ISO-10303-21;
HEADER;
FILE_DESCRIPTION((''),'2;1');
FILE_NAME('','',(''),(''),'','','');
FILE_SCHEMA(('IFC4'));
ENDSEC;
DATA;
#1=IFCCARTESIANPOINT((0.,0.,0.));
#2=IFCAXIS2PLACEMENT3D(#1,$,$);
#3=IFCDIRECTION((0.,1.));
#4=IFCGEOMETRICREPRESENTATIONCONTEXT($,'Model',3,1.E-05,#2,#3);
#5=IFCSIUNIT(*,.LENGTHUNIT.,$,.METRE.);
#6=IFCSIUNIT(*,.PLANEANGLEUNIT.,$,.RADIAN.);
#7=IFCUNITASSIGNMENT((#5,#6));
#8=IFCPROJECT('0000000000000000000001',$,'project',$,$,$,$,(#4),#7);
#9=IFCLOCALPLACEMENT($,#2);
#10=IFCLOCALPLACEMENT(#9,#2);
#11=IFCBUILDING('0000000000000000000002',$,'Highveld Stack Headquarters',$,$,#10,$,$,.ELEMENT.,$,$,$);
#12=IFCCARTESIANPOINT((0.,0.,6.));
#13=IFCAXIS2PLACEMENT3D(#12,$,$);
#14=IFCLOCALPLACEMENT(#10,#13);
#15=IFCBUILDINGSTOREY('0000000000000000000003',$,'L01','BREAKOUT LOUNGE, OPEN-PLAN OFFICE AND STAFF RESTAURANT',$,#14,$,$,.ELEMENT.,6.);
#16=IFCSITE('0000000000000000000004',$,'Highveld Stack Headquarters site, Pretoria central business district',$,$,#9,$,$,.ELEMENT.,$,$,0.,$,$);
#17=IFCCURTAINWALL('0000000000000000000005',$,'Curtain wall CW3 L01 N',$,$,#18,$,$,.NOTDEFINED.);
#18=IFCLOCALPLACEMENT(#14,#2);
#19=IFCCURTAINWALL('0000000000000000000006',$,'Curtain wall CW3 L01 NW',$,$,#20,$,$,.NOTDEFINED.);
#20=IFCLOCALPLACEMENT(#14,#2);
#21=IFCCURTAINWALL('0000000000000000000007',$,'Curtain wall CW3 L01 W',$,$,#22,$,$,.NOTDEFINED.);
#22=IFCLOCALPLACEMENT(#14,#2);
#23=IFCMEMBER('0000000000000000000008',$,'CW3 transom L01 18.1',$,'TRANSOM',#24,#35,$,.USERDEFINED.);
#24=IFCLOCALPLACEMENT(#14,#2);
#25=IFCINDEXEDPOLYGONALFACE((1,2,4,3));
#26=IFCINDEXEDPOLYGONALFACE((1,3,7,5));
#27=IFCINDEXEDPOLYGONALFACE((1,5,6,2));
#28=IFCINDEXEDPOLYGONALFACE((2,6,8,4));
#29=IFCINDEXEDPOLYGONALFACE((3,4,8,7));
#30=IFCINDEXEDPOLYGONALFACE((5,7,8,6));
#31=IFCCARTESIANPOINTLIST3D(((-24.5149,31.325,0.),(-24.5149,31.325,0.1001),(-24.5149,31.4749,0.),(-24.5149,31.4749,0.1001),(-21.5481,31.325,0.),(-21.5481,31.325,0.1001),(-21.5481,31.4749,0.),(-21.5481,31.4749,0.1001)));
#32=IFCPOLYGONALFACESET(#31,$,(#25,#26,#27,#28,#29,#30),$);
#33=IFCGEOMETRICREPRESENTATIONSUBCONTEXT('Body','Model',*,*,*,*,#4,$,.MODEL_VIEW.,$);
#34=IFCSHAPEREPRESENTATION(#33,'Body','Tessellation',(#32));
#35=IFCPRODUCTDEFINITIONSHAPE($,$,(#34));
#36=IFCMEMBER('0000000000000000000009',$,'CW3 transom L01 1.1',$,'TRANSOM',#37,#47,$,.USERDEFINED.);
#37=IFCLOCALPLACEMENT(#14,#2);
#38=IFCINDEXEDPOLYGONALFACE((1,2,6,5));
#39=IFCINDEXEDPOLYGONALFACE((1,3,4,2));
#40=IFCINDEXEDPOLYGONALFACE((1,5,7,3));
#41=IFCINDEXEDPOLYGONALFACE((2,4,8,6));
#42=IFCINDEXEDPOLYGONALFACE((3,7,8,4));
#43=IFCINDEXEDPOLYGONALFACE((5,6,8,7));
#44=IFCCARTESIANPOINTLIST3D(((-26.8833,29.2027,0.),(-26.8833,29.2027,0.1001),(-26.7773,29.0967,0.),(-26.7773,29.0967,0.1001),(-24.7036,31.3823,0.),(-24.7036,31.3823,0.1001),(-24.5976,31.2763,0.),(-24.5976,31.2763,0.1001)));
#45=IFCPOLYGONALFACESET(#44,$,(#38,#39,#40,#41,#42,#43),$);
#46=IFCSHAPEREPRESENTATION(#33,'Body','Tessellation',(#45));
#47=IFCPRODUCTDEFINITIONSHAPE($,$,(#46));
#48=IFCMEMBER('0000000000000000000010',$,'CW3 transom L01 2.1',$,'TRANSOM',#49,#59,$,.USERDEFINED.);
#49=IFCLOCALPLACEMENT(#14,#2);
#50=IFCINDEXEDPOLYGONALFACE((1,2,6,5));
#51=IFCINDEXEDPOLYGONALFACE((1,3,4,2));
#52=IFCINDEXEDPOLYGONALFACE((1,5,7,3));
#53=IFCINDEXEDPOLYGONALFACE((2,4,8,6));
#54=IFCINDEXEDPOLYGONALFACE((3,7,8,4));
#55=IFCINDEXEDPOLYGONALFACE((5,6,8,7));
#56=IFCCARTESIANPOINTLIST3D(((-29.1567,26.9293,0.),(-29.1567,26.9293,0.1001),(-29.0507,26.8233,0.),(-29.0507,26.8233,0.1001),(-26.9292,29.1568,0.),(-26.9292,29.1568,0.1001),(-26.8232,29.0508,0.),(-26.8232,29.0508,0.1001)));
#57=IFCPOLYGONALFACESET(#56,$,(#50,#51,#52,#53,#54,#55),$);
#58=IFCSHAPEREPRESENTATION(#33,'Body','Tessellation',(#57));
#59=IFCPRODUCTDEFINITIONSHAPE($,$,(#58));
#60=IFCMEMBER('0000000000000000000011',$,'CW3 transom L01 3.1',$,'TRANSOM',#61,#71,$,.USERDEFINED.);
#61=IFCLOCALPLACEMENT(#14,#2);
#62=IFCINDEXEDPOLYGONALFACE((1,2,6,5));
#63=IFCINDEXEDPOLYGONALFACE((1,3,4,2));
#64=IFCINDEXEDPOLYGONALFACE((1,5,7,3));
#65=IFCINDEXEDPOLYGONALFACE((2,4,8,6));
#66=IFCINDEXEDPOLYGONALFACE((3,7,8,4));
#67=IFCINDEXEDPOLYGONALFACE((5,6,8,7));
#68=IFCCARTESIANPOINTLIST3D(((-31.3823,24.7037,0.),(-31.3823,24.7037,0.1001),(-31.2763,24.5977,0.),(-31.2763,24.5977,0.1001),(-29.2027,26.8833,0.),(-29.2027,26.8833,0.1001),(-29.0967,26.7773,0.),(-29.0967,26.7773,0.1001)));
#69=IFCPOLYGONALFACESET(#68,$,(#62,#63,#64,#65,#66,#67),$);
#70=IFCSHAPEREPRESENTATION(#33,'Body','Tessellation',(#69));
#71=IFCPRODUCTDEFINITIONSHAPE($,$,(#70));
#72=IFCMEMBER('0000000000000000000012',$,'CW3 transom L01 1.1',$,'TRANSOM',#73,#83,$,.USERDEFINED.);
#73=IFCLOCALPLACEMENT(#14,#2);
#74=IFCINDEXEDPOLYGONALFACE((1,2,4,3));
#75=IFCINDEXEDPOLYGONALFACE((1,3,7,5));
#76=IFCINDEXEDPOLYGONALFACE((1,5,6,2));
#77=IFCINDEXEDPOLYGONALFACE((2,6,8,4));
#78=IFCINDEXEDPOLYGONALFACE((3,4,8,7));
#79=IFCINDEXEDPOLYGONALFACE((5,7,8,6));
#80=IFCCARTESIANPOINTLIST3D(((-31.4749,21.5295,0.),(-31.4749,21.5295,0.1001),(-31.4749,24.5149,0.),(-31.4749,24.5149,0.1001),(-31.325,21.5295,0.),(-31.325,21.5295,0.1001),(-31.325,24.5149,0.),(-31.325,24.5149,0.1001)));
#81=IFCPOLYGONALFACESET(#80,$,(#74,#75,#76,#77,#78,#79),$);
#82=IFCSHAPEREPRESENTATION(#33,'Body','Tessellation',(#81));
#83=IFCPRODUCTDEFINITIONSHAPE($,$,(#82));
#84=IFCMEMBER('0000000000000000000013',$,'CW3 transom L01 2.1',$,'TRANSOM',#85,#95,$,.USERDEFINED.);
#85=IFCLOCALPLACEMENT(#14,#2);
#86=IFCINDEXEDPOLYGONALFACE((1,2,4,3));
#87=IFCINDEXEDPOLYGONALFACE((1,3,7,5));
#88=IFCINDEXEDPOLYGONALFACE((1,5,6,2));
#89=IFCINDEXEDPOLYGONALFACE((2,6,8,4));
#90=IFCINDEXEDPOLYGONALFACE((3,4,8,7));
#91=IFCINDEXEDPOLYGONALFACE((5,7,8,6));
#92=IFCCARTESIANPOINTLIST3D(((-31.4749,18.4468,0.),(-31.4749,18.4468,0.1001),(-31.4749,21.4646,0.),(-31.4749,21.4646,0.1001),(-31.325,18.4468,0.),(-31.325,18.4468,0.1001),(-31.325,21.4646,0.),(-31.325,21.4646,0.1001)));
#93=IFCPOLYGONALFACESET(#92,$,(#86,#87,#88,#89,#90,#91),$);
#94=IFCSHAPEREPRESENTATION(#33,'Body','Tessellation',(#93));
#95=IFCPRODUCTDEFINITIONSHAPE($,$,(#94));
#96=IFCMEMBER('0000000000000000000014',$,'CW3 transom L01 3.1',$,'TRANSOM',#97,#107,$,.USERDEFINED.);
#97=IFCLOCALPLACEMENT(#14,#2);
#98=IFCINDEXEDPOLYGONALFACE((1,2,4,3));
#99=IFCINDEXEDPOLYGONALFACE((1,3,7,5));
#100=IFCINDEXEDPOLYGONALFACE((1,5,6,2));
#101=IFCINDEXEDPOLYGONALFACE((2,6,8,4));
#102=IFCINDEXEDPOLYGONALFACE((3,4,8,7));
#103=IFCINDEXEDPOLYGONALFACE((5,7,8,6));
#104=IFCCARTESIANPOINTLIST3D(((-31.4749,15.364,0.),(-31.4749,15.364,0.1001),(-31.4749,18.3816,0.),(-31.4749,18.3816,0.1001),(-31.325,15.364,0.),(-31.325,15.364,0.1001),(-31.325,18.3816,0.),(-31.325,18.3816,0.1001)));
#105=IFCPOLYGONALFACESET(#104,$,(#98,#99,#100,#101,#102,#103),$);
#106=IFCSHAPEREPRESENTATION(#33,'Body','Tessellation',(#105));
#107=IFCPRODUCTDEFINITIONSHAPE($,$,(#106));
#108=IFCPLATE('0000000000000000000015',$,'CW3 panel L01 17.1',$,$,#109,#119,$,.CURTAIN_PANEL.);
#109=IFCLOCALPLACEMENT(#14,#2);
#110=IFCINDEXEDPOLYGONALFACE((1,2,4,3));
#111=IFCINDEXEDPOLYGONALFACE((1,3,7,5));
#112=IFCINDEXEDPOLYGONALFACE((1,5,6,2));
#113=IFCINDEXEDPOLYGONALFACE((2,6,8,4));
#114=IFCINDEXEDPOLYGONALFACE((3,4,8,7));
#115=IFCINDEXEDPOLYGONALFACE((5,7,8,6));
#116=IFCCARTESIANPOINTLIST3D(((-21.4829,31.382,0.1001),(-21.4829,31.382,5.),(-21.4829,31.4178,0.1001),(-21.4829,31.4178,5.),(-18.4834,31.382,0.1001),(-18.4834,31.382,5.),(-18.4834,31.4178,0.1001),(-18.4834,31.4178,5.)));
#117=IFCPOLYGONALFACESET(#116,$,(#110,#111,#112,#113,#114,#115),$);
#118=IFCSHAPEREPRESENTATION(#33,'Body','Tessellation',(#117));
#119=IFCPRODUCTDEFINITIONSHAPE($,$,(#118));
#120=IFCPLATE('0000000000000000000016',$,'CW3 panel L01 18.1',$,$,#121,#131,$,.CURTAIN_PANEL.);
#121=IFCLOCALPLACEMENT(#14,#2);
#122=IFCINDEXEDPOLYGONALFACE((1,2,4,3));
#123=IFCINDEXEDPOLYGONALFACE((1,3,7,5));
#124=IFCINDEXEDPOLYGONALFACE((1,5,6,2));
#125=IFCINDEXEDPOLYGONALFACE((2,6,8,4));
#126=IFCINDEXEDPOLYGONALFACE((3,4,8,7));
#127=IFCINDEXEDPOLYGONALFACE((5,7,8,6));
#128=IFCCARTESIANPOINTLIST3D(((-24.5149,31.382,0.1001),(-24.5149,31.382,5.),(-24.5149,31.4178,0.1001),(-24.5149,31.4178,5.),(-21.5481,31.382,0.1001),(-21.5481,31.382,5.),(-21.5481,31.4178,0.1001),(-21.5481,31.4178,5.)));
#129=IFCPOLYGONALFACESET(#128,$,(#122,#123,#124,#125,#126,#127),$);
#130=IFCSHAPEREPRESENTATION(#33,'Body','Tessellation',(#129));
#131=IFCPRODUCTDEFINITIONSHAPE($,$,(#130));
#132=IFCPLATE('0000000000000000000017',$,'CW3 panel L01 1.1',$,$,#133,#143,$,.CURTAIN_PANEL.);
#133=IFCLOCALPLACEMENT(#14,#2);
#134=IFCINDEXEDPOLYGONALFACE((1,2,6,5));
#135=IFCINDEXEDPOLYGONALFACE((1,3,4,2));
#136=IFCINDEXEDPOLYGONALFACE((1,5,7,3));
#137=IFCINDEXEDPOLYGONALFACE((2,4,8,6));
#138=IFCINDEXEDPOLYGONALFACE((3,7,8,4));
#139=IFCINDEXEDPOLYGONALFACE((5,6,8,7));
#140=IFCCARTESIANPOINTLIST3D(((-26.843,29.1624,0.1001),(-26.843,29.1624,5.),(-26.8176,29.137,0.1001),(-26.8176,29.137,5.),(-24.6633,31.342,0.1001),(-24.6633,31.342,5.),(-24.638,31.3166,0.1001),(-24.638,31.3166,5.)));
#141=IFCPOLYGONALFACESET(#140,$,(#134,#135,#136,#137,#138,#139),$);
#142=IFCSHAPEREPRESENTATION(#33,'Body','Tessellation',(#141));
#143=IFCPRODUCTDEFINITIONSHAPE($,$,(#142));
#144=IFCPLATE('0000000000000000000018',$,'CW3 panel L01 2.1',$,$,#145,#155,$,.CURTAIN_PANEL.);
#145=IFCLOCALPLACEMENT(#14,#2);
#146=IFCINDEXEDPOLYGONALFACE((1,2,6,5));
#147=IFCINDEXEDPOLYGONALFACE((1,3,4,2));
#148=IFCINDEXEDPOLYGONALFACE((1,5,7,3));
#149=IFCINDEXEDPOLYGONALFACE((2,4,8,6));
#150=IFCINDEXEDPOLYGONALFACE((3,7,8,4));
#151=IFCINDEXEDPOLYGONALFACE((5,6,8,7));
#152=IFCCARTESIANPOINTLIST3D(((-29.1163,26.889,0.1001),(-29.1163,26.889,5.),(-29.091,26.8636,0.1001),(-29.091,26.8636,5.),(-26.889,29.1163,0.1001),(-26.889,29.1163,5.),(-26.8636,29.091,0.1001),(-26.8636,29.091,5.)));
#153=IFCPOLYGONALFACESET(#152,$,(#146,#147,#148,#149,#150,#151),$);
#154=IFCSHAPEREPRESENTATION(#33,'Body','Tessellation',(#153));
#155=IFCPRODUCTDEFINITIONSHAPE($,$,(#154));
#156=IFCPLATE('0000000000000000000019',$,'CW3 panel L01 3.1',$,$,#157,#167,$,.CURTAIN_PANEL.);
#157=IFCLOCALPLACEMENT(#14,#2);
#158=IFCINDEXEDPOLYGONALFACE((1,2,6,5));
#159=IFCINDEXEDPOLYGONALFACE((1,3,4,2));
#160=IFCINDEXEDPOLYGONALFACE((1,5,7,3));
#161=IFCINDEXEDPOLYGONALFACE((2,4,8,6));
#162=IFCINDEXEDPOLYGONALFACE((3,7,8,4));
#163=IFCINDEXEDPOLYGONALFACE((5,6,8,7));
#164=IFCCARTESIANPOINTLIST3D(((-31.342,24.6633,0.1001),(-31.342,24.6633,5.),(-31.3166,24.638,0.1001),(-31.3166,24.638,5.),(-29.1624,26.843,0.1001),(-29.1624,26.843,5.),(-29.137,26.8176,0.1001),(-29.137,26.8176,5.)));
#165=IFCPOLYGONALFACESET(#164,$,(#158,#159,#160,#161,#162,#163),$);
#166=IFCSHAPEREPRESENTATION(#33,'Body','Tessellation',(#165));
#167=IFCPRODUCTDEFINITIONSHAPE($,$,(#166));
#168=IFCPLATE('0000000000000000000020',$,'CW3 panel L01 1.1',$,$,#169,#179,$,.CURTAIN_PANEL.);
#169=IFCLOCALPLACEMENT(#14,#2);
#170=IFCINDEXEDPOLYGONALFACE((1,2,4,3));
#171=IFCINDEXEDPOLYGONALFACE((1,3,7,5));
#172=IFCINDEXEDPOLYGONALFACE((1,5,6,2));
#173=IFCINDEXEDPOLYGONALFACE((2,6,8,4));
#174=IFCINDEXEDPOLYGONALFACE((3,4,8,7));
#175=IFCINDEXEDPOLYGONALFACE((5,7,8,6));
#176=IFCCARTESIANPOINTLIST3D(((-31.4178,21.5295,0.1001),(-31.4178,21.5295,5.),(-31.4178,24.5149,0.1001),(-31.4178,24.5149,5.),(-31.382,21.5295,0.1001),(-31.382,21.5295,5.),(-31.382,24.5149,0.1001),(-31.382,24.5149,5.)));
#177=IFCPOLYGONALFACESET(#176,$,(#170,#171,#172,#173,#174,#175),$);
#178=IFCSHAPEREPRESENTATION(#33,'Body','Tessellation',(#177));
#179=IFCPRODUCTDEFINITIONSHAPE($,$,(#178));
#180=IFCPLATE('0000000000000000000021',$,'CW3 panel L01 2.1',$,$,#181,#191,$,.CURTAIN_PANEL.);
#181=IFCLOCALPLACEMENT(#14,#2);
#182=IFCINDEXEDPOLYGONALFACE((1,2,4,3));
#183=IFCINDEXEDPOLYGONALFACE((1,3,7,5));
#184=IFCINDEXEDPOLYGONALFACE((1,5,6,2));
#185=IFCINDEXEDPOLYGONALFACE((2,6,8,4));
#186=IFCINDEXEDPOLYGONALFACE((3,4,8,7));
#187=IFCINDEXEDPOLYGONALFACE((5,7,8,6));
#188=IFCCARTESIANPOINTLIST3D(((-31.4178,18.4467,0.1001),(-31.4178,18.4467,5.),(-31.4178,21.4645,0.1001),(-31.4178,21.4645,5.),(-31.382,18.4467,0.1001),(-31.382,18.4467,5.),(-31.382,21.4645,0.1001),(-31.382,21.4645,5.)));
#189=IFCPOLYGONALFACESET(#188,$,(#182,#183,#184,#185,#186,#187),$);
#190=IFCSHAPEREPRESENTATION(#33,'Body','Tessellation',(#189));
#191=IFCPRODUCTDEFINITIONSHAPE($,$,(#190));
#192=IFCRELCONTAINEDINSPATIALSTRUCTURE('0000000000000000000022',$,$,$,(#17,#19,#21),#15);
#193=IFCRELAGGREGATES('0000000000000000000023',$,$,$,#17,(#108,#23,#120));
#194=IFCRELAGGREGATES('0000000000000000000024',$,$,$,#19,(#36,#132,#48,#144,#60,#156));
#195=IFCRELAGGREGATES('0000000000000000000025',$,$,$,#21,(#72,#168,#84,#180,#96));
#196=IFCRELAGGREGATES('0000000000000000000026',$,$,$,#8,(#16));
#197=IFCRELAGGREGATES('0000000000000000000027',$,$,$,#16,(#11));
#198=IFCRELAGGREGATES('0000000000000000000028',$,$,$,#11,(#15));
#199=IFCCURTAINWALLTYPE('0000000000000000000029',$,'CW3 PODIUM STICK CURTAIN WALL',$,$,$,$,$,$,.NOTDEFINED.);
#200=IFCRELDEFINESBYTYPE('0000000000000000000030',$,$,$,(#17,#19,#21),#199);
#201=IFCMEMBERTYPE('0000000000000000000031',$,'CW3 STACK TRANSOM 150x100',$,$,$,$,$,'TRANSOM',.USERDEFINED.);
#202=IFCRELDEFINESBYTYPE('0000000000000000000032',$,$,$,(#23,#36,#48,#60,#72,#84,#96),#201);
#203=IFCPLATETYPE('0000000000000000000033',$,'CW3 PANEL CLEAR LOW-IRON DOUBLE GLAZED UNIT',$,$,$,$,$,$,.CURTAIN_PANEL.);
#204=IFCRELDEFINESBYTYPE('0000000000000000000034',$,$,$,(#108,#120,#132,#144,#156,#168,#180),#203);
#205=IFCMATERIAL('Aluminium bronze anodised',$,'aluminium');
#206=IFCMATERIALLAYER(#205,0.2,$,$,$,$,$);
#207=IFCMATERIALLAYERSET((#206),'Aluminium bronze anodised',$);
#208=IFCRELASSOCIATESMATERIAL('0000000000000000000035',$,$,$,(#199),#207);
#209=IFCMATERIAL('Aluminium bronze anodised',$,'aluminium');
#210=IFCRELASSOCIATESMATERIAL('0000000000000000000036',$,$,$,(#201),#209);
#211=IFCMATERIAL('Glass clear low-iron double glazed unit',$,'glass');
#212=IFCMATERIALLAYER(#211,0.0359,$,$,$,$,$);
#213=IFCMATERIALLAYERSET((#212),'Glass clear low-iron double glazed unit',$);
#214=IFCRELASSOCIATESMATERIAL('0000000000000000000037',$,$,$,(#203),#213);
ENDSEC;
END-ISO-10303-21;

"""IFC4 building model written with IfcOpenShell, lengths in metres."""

from ifc_helpers import new_model, si_unit, direction, frame, origin, origin_2d, place, context, subcontext, project, spatial, rectangle, extrude, material, layer, layer_set, material_profile, profile_set, type_object, element, aggregate, save


model = new_model("IFC4")

# Units and contexts
model_context = context("Model", 3, precision=1e-05, world=origin(), true_north=direction((0.0, 1.0)))
body_context = subcontext(model_context, "Body", "Model", "MODEL_VIEW")
ifc_project = project(units=[si_unit("LENGTHUNIT", "METRE"), si_unit("PLANEANGLEUNIT", "RADIAN")], contexts=[model_context])

# Site, building, storey
site_placement = place(None, origin())
site = spatial("IfcSite", under=ifc_project, at=site_placement, Name="Highveld Stack Headquarters site, Pretoria central business district", CompositionType="ELEMENT", RefElevation=0.0)
building_placement = place(site_placement, origin())
building = spatial("IfcBuilding", under=site, at=building_placement, Name="Highveld Stack Headquarters", CompositionType="ELEMENT")
storey_placement = place(building_placement, frame((0.0, 0.0, 6.0)))
storey = spatial("IfcBuildingStorey", under=building, at=storey_placement, Name="L01", Description="BREAKOUT LOUNGE, OPEN-PLAN OFFICE AND STAFF RESTAURANT", CompositionType="ELEMENT", Elevation=6.0)

# Curtain walls
ifc_material_1 = material(Name="Aluminium bronze anodised", Category="aluminium")
ifc_layer_1 = layer(ifc_material_1, 0.2)
ifc_layer_set_1 = layer_set([ifc_layer_1], Name="Aluminium bronze anodised")
curtain_wall_type = type_object("IfcCurtainWallType", Name="CW3 PODIUM STICK CURTAIN WALL", PredefinedType="NOTDEFINED", material=ifc_layer_set_1)
curtain_wall_1_placement = place(storey_placement, origin())
curtain_wall_1 = element("IfcCurtainWall", 1, at=curtain_wall_1_placement, inside=storey, type_object=curtain_wall_type, Name="Curtain wall CW3 L01 N", PredefinedType="NOTDEFINED")
curtain_wall_2_placement = place(storey_placement, origin())
curtain_wall_2 = element("IfcCurtainWall", 2, at=curtain_wall_2_placement, inside=storey, type_object=curtain_wall_type, Name="Curtain wall CW3 L01 NW", PredefinedType="NOTDEFINED")
curtain_wall_3_placement = place(storey_placement, origin())
curtain_wall_3 = element("IfcCurtainWall", 3, at=curtain_wall_3_placement, inside=storey, type_object=curtain_wall_type, Name="Curtain wall CW3 L01 W", PredefinedType="NOTDEFINED")

# Members
ifc_material_2 = material(Name="Aluminium bronze anodised", Category="aluminium")
ifc_material_profile_1 = material_profile(ifc_material_2, rectangle(XDim=0.1499, YDim=0.1001, at=origin_2d()), Name="CW3 TRANSOM 150x100")
ifc_profile_set_1 = profile_set([ifc_material_profile_1], Name="Aluminium bronze anodised")
member_type_1 = type_object("IfcMemberType", Name="CW3 STACK TRANSOM 150x100", ElementType="TRANSOM", PredefinedType="USERDEFINED", material=ifc_profile_set_1)
member_1_placement = place(storey_placement, frame((-21.5481, 31.3999, 0.05), z_axis=(-1.0, 0.0, 0.0), x_axis=(0.0, -1.0, 0.0)))
member_1 = element("IfcMember", 4, at=member_1_placement, type_object=member_type_1, Name="CW3 transom L01 18.1", ObjectType="TRANSOM", PredefinedType="USERDEFINED", context=body_context, shape_type="SweptSolid", body=[
    extrude(rectangle(XDim=0.1499, YDim=0.1001, at=origin_2d()), origin(), (0.0, 0.0, 1.0), 2.9668),
])
member_2_placement = place(storey_placement, frame((-24.6506, 31.3293, 0.05), z_axis=(-0.707107, -0.707107, 0.0), x_axis=(0.707107, -0.707107, 0.0)))
member_2 = element("IfcMember", 5, at=member_2_placement, type_object=member_type_1, Name="CW3 transom L01 1.1", ObjectType="TRANSOM", PredefinedType="USERDEFINED", context=body_context, shape_type="SweptSolid", body=[
    extrude(rectangle(XDim=0.1499, YDim=0.1001, at=origin_2d()), origin(), (0.0, 0.0, 1.0), 3.0825),
])
member_3_placement = place(storey_placement, frame((-26.8762, 29.1038, 0.05), z_axis=(-0.707107, -0.707107, 0.0), x_axis=(0.707107, -0.707107, 0.0)))
member_3 = element("IfcMember", 6, at=member_3_placement, type_object=member_type_1, Name="CW3 transom L01 2.1", ObjectType="TRANSOM", PredefinedType="USERDEFINED", context=body_context, shape_type="SweptSolid", body=[
    extrude(rectangle(XDim=0.1499, YDim=0.1001, at=origin_2d()), origin(), (0.0, 0.0, 1.0), 3.1501),
])
member_4_placement = place(storey_placement, frame((-29.1497, 26.8303, 0.05), z_axis=(-0.707107, -0.707107, 0.0), x_axis=(0.707107, -0.707107, 0.0)))
member_4 = element("IfcMember", 7, at=member_4_placement, type_object=member_type_1, Name="CW3 transom L01 3.1", ObjectType="TRANSOM", PredefinedType="USERDEFINED", context=body_context, shape_type="SweptSolid", body=[
    extrude(rectangle(XDim=0.1499, YDim=0.1001, at=origin_2d()), origin(), (0.0, 0.0, 1.0), 3.0825),
])
member_5_placement = place(storey_placement, frame((-31.3999, 24.5149, 0.05), z_axis=(0.0, -1.0, 0.0), x_axis=(1.0, 0.0, 0.0)))
member_5 = element("IfcMember", 8, at=member_5_placement, type_object=member_type_1, Name="CW3 transom L01 1.1", ObjectType="TRANSOM", PredefinedType="USERDEFINED", context=body_context, shape_type="SweptSolid", body=[
    extrude(rectangle(XDim=0.1499, YDim=0.1001, at=origin_2d()), origin(), (0.0, 0.0, 1.0), 2.9854),
])
member_6_placement = place(storey_placement, frame((-31.3999, 21.4646, 0.05), z_axis=(0.0, -1.0, 0.0), x_axis=(1.0, 0.0, 0.0)))
member_6 = element("IfcMember", 9, at=member_6_placement, type_object=member_type_1, Name="CW3 transom L01 2.1", ObjectType="TRANSOM", PredefinedType="USERDEFINED", context=body_context, shape_type="SweptSolid", body=[
    extrude(rectangle(XDim=0.1499, YDim=0.1001, at=origin_2d()), origin(), (0.0, 0.0, 1.0), 3.0178),
])
member_7_placement = place(storey_placement, frame((-31.3999, 18.3816, 0.05), z_axis=(0.0, -1.0, 0.0), x_axis=(1.0, 0.0, 0.0)))
member_7 = element("IfcMember", 10, at=member_7_placement, type_object=member_type_1, Name="CW3 transom L01 3.1", ObjectType="TRANSOM", PredefinedType="USERDEFINED", context=body_context, shape_type="SweptSolid", body=[
    extrude(rectangle(XDim=0.1499, YDim=0.1001, at=origin_2d()), origin(), (0.0, 0.0, 1.0), 3.0176),
])

# Plates
ifc_material_3 = material(Name="Glass clear low-iron double glazed unit", Category="glass")
ifc_layer_2 = layer(ifc_material_3, 0.0359)
ifc_layer_set_2 = layer_set([ifc_layer_2], Name="Glass clear low-iron double glazed unit")
plate_type = type_object("IfcPlateType", Name="CW3 PANEL CLEAR LOW-IRON DOUBLE GLAZED UNIT", PredefinedType="CURTAIN_PANEL", material=ifc_layer_set_2)
plate_1_placement = place(storey_placement, frame((-19.9832, 31.3999, 0.1001), z_axis=(0.0, 0.0, 1.0), x_axis=(-1.0, 0.0, 0.0)))
plate_1 = element("IfcPlate", 11, at=plate_1_placement, type_object=plate_type, Name="CW3 panel L01 17.1", PredefinedType="CURTAIN_PANEL", context=body_context, shape_type="SweptSolid", body=[
    extrude(rectangle(XDim=2.9995, YDim=0.0359, at=origin_2d()), origin(), (0.0, 0.0, 1.0), 4.8999),
])
plate_2_placement = place(storey_placement, frame((-23.0315, 31.3999, 0.1001), z_axis=(0.0, 0.0, 1.0), x_axis=(-1.0, 0.0, 0.0)))
plate_2 = element("IfcPlate", 12, at=plate_2_placement, type_object=plate_type, Name="CW3 panel L01 18.1", PredefinedType="CURTAIN_PANEL", context=body_context, shape_type="SweptSolid", body=[
    extrude(rectangle(XDim=2.9668, YDim=0.0359, at=origin_2d()), origin(), (0.0, 0.0, 1.0), 4.8999),
])
aggregate(curtain_wall_1, [plate_1, member_1, plate_2])
plate_3_placement = place(storey_placement, frame((-25.7405, 30.2395, 0.1001), z_axis=(0.0, 0.0, 1.0), x_axis=(-0.707107, -0.707107, 0.0)))
plate_3 = element("IfcPlate", 13, at=plate_3_placement, type_object=plate_type, Name="CW3 panel L01 1.1", PredefinedType="CURTAIN_PANEL", context=body_context, shape_type="SweptSolid", body=[
    extrude(rectangle(XDim=3.0825, YDim=0.0359, at=origin_2d()), origin(), (0.0, 0.0, 1.0), 4.8999),
])
plate_4_placement = place(storey_placement, frame((-27.99, 27.99, 0.1001), z_axis=(0.0, 0.0, 1.0), x_axis=(-0.707107, -0.707107, 0.0)))
plate_4 = element("IfcPlate", 14, at=plate_4_placement, type_object=plate_type, Name="CW3 panel L01 2.1", PredefinedType="CURTAIN_PANEL", context=body_context, shape_type="SweptSolid", body=[
    extrude(rectangle(XDim=3.1499, YDim=0.0359, at=origin_2d()), origin(), (0.0, 0.0, 1.0), 4.8999),
])
plate_5_placement = place(storey_placement, frame((-30.2395, 25.7405, 0.1001), z_axis=(0.0, 0.0, 1.0), x_axis=(-0.707107, -0.707107, 0.0)))
plate_5 = element("IfcPlate", 15, at=plate_5_placement, type_object=plate_type, Name="CW3 panel L01 3.1", PredefinedType="CURTAIN_PANEL", context=body_context, shape_type="SweptSolid", body=[
    extrude(rectangle(XDim=3.0825, YDim=0.0359, at=origin_2d()), origin(), (0.0, 0.0, 1.0), 4.8999),
])
aggregate(curtain_wall_2, [member_2, plate_3, member_3, plate_4, member_4, plate_5])
plate_6_placement = place(storey_placement, frame((-31.3999, 23.0222, 0.1001), z_axis=(0.0, 0.0, 1.0), x_axis=(0.0, -1.0, 0.0)))
plate_6 = element("IfcPlate", 16, at=plate_6_placement, type_object=plate_type, Name="CW3 panel L01 1.1", PredefinedType="CURTAIN_PANEL", context=body_context, shape_type="SweptSolid", body=[
    extrude(rectangle(XDim=2.9854, YDim=0.0359, at=origin_2d()), origin(), (0.0, 0.0, 1.0), 4.8999),
])
plate_7_placement = place(storey_placement, frame((-31.3999, 19.9556, 0.1001), z_axis=(0.0, 0.0, 1.0), x_axis=(0.0, -1.0, 0.0)))
plate_7 = element("IfcPlate", 17, at=plate_7_placement, type_object=plate_type, Name="CW3 panel L01 2.1", PredefinedType="CURTAIN_PANEL", context=body_context, shape_type="SweptSolid", body=[
    extrude(rectangle(XDim=3.0178, YDim=0.0359, at=origin_2d()), origin(), (0.0, 0.0, 1.0), 4.8999),
])
aggregate(curtain_wall_3, [member_5, plate_6, member_6, plate_7, member_7])

save(model, "model.ifc")
